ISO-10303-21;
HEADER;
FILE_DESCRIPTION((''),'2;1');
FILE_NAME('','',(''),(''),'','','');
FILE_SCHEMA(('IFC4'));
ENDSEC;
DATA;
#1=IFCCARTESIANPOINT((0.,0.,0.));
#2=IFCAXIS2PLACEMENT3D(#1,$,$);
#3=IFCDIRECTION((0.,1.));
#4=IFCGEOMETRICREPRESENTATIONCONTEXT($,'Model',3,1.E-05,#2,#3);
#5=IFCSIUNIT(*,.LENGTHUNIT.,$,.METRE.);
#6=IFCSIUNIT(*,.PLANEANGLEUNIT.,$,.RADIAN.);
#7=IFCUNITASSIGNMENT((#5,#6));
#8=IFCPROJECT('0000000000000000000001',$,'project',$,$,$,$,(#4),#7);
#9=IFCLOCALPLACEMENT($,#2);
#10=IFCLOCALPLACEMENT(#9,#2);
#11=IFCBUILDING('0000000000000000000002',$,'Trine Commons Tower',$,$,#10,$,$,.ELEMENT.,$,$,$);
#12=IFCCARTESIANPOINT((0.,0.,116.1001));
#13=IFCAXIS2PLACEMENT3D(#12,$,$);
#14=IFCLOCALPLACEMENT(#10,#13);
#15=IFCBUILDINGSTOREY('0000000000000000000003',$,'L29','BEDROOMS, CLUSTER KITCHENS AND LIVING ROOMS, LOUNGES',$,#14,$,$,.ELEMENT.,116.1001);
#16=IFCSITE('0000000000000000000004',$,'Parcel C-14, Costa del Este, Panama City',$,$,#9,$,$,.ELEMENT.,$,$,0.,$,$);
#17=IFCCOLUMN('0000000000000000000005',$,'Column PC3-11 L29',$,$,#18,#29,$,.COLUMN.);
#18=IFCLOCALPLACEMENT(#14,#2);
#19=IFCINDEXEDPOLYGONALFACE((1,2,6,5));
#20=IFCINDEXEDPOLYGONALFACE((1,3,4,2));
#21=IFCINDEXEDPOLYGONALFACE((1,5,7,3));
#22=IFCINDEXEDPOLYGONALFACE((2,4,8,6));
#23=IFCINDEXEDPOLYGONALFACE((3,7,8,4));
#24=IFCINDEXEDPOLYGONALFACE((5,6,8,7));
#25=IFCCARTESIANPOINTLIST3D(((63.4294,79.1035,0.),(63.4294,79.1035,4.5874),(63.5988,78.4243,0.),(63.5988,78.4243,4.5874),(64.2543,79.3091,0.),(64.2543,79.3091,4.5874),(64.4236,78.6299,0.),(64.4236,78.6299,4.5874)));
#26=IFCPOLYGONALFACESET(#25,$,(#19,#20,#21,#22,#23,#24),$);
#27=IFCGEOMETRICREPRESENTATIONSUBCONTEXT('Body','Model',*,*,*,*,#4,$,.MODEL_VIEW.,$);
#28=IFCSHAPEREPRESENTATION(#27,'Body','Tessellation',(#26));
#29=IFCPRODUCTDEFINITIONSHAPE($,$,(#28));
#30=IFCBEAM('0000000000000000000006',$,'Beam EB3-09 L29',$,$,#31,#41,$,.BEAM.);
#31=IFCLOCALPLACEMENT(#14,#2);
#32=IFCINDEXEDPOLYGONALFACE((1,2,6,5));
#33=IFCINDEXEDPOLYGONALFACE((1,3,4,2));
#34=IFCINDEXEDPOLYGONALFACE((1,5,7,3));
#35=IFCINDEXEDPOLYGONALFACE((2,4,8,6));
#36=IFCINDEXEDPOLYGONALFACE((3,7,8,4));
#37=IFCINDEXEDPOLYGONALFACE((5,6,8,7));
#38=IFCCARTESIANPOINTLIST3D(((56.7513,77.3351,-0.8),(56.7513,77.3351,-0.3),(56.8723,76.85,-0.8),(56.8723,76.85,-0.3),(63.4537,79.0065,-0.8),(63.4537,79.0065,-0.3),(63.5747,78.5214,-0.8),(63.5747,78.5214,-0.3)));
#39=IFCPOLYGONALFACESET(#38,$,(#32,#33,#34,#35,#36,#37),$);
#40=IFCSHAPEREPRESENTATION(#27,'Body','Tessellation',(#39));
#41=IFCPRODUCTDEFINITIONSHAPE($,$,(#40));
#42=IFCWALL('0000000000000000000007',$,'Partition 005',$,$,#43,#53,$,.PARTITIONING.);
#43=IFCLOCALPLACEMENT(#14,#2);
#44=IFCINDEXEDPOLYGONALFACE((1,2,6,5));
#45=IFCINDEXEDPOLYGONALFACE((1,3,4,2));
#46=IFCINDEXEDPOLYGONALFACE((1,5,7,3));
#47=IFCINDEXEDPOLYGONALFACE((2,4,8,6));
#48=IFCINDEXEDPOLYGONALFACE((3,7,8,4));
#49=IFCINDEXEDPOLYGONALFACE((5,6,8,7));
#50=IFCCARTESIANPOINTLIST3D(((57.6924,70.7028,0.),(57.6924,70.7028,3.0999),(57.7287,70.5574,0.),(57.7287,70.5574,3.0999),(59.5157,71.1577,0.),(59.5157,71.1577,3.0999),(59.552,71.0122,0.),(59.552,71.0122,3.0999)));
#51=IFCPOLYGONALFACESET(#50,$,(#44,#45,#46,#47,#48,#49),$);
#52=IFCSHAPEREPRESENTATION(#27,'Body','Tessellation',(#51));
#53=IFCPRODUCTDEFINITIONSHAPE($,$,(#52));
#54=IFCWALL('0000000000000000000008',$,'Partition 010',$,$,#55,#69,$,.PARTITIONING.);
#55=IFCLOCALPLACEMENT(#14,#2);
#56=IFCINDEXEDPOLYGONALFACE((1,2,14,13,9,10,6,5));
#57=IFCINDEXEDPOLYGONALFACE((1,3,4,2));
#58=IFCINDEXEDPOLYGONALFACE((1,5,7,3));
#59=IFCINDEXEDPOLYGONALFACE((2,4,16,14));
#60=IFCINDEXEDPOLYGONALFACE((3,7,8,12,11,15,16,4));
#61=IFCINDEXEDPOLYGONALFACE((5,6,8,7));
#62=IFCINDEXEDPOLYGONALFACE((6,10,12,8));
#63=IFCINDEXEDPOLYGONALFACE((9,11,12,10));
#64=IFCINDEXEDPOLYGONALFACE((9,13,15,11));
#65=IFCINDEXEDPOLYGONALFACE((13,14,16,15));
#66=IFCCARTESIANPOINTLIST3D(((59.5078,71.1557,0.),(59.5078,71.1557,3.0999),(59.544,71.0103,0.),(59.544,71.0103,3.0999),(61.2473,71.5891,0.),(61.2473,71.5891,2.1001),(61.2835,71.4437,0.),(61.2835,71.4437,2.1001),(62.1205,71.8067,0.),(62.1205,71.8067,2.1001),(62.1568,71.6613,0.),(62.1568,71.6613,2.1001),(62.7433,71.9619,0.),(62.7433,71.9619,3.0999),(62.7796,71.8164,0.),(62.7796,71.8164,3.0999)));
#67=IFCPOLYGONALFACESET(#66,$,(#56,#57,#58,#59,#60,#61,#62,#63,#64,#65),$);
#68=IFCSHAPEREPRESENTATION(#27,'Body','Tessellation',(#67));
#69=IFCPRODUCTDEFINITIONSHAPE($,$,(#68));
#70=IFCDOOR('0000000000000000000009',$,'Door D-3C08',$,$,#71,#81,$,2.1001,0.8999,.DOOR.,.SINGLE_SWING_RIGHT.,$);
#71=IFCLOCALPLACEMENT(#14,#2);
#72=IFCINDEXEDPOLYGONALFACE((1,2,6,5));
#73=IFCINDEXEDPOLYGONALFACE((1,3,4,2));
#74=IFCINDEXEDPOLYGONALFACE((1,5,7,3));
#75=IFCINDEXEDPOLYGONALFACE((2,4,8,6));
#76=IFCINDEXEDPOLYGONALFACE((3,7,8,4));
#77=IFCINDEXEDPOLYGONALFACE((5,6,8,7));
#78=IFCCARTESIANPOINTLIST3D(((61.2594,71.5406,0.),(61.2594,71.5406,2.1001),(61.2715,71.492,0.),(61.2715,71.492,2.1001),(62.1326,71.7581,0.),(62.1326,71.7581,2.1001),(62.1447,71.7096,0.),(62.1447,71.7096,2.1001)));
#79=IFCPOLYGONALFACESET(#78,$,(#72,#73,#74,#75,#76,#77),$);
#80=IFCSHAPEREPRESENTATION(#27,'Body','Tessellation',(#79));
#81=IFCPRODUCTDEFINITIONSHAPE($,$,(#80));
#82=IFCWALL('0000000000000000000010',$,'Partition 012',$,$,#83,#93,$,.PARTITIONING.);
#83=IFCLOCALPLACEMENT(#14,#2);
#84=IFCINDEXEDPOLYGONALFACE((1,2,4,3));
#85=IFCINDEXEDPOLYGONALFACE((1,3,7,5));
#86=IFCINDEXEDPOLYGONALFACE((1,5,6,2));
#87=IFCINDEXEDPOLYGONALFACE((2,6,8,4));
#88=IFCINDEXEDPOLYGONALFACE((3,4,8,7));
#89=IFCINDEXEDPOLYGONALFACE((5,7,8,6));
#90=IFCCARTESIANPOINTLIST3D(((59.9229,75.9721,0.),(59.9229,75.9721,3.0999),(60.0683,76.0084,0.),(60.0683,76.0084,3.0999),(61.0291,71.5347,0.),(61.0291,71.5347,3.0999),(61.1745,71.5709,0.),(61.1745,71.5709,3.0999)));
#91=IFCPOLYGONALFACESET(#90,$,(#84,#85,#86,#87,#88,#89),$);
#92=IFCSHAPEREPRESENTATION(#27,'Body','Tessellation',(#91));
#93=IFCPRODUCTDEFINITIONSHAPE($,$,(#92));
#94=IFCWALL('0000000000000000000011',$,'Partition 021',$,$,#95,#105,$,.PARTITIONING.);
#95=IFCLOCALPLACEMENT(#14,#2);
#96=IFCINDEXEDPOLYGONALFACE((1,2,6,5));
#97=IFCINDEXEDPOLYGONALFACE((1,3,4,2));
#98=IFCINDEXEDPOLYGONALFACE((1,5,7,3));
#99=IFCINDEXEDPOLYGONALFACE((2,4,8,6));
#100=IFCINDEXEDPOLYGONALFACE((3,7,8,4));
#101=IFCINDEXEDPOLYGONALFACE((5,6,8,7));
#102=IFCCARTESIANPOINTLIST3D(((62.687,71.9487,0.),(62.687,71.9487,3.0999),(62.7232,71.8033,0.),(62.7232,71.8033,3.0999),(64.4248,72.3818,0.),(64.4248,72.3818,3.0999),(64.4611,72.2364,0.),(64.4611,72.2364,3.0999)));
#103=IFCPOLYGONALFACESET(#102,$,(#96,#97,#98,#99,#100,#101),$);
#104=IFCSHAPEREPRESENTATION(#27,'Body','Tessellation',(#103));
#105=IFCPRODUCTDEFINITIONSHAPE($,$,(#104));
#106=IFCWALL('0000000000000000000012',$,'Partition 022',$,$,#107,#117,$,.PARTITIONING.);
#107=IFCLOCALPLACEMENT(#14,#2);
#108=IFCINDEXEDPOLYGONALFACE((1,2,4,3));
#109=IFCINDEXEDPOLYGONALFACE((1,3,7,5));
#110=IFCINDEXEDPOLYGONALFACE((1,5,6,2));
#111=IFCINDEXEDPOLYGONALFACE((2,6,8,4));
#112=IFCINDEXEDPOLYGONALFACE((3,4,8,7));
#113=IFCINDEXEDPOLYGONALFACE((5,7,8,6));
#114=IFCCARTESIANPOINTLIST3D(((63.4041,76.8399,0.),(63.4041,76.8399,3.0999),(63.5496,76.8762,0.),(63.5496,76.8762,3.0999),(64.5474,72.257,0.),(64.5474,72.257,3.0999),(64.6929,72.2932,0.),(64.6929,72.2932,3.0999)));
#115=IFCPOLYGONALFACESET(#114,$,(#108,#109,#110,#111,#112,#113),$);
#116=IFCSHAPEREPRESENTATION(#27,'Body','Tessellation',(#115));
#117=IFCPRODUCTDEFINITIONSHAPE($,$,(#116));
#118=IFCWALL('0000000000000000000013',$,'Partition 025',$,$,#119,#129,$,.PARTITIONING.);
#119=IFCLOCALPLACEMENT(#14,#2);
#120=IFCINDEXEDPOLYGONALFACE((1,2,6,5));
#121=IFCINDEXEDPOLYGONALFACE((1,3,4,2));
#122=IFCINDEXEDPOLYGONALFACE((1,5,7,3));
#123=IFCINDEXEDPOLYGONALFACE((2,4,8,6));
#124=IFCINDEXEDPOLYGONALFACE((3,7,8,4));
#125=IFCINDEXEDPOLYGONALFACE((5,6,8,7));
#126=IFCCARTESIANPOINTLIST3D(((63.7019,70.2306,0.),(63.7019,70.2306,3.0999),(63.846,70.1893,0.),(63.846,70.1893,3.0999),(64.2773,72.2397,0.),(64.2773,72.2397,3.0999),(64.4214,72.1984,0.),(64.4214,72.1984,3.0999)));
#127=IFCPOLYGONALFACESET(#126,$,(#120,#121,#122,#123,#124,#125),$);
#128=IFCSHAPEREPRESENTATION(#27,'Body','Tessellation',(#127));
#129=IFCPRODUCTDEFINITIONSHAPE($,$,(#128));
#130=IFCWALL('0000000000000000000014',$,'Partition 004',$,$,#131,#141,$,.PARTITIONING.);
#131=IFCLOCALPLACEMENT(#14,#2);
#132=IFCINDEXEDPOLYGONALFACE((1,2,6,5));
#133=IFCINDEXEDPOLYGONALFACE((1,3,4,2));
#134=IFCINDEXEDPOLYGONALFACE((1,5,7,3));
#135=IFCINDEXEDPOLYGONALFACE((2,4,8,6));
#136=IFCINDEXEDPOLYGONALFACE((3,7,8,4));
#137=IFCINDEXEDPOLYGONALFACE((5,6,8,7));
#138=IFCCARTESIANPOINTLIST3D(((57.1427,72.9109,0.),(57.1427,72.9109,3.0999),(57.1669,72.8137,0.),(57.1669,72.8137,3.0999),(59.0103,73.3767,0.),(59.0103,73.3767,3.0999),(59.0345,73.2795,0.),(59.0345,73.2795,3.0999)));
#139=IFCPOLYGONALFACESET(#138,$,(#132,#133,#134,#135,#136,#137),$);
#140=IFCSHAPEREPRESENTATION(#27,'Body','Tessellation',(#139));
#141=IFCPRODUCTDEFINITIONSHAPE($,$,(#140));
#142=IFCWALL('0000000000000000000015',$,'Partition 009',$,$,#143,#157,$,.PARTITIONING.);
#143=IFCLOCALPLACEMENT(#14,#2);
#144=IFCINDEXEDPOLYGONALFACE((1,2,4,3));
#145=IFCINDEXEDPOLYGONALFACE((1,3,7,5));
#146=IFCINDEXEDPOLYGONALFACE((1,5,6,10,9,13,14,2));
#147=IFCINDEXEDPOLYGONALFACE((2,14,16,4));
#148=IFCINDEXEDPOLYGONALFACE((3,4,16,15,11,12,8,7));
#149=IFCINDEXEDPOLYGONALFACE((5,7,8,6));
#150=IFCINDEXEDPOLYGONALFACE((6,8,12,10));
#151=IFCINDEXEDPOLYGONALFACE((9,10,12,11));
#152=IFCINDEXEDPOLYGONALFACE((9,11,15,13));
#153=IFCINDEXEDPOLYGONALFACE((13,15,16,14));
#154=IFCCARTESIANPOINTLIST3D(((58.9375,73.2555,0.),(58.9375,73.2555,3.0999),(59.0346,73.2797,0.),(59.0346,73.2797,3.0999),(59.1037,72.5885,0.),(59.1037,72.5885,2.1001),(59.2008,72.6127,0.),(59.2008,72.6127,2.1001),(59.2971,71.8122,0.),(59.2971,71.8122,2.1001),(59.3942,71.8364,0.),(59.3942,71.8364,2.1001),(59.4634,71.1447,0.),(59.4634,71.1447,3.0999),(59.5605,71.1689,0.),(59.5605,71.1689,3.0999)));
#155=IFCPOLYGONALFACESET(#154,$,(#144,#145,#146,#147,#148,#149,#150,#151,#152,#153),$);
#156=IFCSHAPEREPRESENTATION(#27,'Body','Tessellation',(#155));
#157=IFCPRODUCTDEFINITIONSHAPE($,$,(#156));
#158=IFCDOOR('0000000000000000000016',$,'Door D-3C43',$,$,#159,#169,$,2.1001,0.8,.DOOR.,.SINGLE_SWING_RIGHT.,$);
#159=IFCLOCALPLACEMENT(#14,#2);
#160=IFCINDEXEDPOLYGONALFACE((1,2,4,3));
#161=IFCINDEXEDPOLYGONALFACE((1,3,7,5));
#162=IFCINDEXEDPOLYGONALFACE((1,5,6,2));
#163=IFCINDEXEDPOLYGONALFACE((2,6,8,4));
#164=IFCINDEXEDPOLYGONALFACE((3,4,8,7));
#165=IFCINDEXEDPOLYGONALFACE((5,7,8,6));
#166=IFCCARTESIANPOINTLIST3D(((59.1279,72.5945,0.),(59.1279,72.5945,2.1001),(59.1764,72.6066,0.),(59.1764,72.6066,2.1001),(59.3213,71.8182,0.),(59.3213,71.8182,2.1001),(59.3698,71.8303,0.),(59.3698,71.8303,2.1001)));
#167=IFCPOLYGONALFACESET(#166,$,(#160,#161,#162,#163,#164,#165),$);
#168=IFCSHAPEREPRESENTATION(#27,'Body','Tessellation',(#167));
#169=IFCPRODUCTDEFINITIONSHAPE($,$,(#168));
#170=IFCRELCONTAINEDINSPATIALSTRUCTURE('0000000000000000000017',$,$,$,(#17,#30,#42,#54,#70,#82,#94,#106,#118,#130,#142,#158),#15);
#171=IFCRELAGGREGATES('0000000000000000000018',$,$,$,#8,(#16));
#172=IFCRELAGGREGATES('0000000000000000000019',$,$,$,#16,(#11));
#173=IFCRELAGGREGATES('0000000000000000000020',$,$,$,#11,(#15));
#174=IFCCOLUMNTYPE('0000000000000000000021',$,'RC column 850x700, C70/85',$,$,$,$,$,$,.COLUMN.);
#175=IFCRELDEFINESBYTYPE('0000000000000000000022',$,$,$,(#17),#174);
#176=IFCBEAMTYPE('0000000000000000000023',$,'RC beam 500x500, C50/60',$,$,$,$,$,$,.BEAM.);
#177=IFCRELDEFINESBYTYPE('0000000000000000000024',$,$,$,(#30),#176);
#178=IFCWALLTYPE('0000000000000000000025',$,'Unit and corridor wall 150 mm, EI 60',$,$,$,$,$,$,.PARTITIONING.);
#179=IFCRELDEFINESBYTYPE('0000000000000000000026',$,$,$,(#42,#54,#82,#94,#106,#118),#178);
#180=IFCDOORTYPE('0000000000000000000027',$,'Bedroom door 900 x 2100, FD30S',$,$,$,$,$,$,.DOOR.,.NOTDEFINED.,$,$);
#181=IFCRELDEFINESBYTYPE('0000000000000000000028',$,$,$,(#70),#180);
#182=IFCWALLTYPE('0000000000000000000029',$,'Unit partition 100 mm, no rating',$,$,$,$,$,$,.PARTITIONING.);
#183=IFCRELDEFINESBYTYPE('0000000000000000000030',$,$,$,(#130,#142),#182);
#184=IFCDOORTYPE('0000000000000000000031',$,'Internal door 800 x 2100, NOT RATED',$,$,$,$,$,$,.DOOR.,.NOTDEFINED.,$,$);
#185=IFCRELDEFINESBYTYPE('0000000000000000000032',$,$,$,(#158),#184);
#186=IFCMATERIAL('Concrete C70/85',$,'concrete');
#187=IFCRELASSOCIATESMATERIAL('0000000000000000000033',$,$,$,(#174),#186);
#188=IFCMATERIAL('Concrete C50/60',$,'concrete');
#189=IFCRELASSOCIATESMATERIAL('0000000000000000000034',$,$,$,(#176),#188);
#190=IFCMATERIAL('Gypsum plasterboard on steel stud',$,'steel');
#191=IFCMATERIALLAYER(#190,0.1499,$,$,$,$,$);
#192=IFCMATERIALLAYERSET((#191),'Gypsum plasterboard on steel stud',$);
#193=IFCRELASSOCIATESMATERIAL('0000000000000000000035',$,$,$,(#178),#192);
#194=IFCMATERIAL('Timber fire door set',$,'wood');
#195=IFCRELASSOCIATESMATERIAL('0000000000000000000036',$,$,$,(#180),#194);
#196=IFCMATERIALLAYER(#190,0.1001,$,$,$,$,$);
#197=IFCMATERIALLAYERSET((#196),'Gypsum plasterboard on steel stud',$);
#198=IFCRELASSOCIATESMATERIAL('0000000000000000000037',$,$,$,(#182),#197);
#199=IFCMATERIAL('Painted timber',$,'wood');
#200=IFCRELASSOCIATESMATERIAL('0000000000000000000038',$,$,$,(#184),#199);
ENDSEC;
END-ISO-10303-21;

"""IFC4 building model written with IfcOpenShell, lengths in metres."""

from ifc_helpers import new_model, si_unit, direction, frame, frame_2d, origin, origin_2d, place, context, subcontext, project, spatial, rectangle, extrude, material, layer, layer_set, material_profile, profile_set, type_object, element, fill, save


model = new_model("IFC4")

# Units and contexts
model_context = context("Model", 3, precision=1e-05, world=origin(), true_north=direction((0.0, 1.0)))
body_context = subcontext(model_context, "Body", "Model", "MODEL_VIEW")
ifc_project = project(units=[si_unit("LENGTHUNIT", "METRE"), si_unit("PLANEANGLEUNIT", "RADIAN")], contexts=[model_context])

# Site, building, storey
site_placement = place(None, origin())
site = spatial("IfcSite", under=ifc_project, at=site_placement, Name="Parcel C-14, Costa del Este, Panama City", CompositionType="ELEMENT", RefElevation=0.0)
building_placement = place(site_placement, origin())
building = spatial("IfcBuilding", under=site, at=building_placement, Name="Trine Commons Tower", CompositionType="ELEMENT")
storey_placement = place(building_placement, frame((0.0, 0.0, 116.1001)))
storey = spatial("IfcBuildingStorey", under=building, at=storey_placement, Name="L29", Description="BEDROOMS, CLUSTER KITCHENS AND LIVING ROOMS, LOUNGES", CompositionType="ELEMENT", Elevation=116.1001)

# Column
ifc_material_1 = material(Name="Concrete C70/85", Category="concrete")
ifc_material_profile_1 = material_profile(ifc_material_1, rectangle(XDim=0.8501, YDim=0.7, at=origin_2d()), Name="RC 850x700")
ifc_profile_set_1 = profile_set([ifc_material_profile_1], Name="Concrete C70/85")
column_type = type_object("IfcColumnType", Name="RC column 850x700, C70/85", PredefinedType="COLUMN", material=ifc_profile_set_1)
column_placement = place(storey_placement, frame((63.9265, 78.8667, 0.0), z_axis=(0.0, 0.0, 1.0), x_axis=(0.970296, 0.241922, 0.0)))
element("IfcColumn", 1, at=column_placement, inside=storey, type_object=column_type, Name="Column PC3-11 L29", PredefinedType="COLUMN", context=body_context, shape_type="SweptSolid", body=[
    extrude(rectangle(XDim=0.8501, YDim=0.7, at=origin_2d()), origin(), (0.0, 0.0, 1.0), 4.5874),
])

# Beam
ifc_material_2 = material(Name="Concrete C50/60", Category="concrete")
ifc_material_profile_2 = material_profile(ifc_material_2, rectangle(XDim=0.5, YDim=0.5, at=origin_2d()), Name="RC 500x500")
ifc_profile_set_2 = profile_set([ifc_material_profile_2], Name="Concrete C50/60")
beam_type = type_object("IfcBeamType", Name="RC beam 500x500, C50/60", PredefinedType="BEAM", material=ifc_profile_set_2)
beam_placement = place(storey_placement, frame((56.8118, 77.0925, -0.55), z_axis=(0.970286, 0.241962, 0.0), x_axis=(-0.241962, 0.970286, 0.0)))
element("IfcBeam", 2, at=beam_placement, inside=storey, type_object=beam_type, Name="Beam EB3-09 L29", PredefinedType="BEAM", context=body_context, shape_type="SweptSolid", body=[
    extrude(rectangle(XDim=0.5, YDim=0.5, at=origin_2d()), origin(), (0.0, 0.0, 1.0), 6.9077),
])

# Wall
ifc_material_3 = material(Name="Gypsum plasterboard on steel stud", Category="steel")
ifc_layer_1 = layer(ifc_material_3, 0.1499)
ifc_layer_set_1 = layer_set([ifc_layer_1], Name="Gypsum plasterboard on steel stud")
wall_type_1 = type_object("IfcWallType", Name="Unit and corridor wall 150 mm, EI 60", PredefinedType="PARTITIONING", material=ifc_layer_set_1)
wall_1_placement = place(storey_placement, frame((57.7107, 70.6301, 0.0), z_axis=(0.0, 0.0, 1.0), x_axis=(0.970265, 0.242046, 0.0)))
element("IfcWall", 3, at=wall_1_placement, inside=storey, type_object=wall_type_1, Name="Partition 005", PredefinedType="PARTITIONING", context=body_context, shape_type="SweptSolid", body=[
    extrude(rectangle(XDim=1.8792, YDim=0.1499, at=frame_2d((0.9395, 0.0))), origin(), (0.0, 0.0, 1.0), 3.0999),
])

# Wall, opening, door
wall_2_placement = place(storey_placement, frame((59.5259, 71.083, 0.0), z_axis=(0.0, 0.0, 1.0), x_axis=(0.970336, 0.24176, 0.0)))
wall_2 = element("IfcWall", 4, at=wall_2_placement, inside=storey, type_object=wall_type_1, Name="Partition 010", PredefinedType="PARTITIONING", context=body_context, shape_type="SweptSolid", body=[
    extrude(rectangle(XDim=3.3345, YDim=0.1499, at=frame_2d((1.6672, 0.0))), origin(), (0.0, 0.0, 1.0), 3.0999),
])
opening_1_placement = place(wall_2_placement, frame((1.7927, 0.0, 0.0)))
opening_1 = element("IfcOpeningElement", 5, at=opening_1_placement, cuts=wall_2, PredefinedType="OPENING", context=body_context, shape_type="SweptSolid", body=[
    extrude(rectangle(XDim=0.8999, YDim=2.1001, at=frame_2d((0.45, 1.05))), frame((0.0, 0.085, 0.0), z_axis=(0.0, -1.0, 0.0), x_axis=(1.0, 0.0, 0.0)), (0.0, 0.0, 1.0), 0.1699),
])
ifc_material_4 = material(Name="Timber fire door set", Category="wood")
door_type_1 = type_object("IfcDoorType", Name="Bedroom door 900 x 2100, FD30S", OperationType="NOTDEFINED", PredefinedType="DOOR", material=ifc_material_4)
door_1_placement = place(opening_1_placement, origin())
door_1 = element("IfcDoor", 6, at=door_1_placement, inside=storey, type_object=door_type_1, Name="Door D-3C08", OperationType="SINGLE_SWING_RIGHT", OverallHeight=2.1001, OverallWidth=0.8999, PredefinedType="DOOR", context=body_context, shape_type="SweptSolid", body=[
    extrude(rectangle(XDim=0.8999, YDim=2.1001, at=frame_2d((0.45, 1.05))), frame((0.0, 0.0249, 0.0), z_axis=(0.0, -1.0, 0.0), x_axis=(1.0, 0.0, 0.0)), (0.0, 0.0, 1.0), 0.05),
])
fill(opening_1, door_1)

# Walls
wall_3_placement = place(storey_placement, frame((59.9956, 75.9902, 0.0), z_axis=(0.0, 0.0, 1.0), x_axis=(0.241882, -0.970306, 0.0)))
element("IfcWall", 7, at=wall_3_placement, inside=storey, type_object=wall_type_1, Name="Partition 012", PredefinedType="PARTITIONING", context=body_context, shape_type="SweptSolid", body=[
    extrude(rectangle(XDim=4.5732, YDim=0.1499, at=frame_2d((2.2866, 0.0))), origin(), (0.0, 0.0, 1.0), 3.0999),
])
wall_4_placement = place(storey_placement, frame((62.7051, 71.876, 0.0), z_axis=(0.0, 0.0, 1.0), x_axis=(0.970319, 0.24183, 0.0)))
element("IfcWall", 8, at=wall_4_placement, inside=storey, type_object=wall_type_1, Name="Partition 021", PredefinedType="PARTITIONING", context=body_context, shape_type="SweptSolid", body=[
    extrude(rectangle(XDim=1.791, YDim=0.1499, at=frame_2d((0.8955, 0.0))), origin(), (0.0, 0.0, 1.0), 3.0999),
])
wall_5_placement = place(storey_placement, frame((63.4768, 76.8582, 0.0), z_axis=(0.0, 0.0, 1.0), x_axis=(0.242049, -0.970264, 0.0)))
element("IfcWall", 9, at=wall_5_placement, inside=storey, type_object=wall_type_1, Name="Partition 022", PredefinedType="PARTITIONING", context=body_context, shape_type="SweptSolid", body=[
    extrude(rectangle(XDim=4.7234, YDim=0.1499, at=frame_2d((2.3618, 0.0))), origin(), (0.0, 0.0, 1.0), 3.0999),
])
wall_6_placement = place(storey_placement, frame((63.7739, 70.21, 0.0), z_axis=(0.0, 0.0, 1.0), x_axis=(0.275354, 0.961343, 0.0)))
element("IfcWall", 10, at=wall_6_placement, inside=storey, type_object=wall_type_1, Name="Partition 025", PredefinedType="PARTITIONING", context=body_context, shape_type="SweptSolid", body=[
    extrude(rectangle(XDim=2.0898, YDim=0.1499, at=frame_2d((1.0449, 0.0))), origin(), (0.0, 0.0, 1.0), 3.0999),
])
ifc_layer_2 = layer(ifc_material_3, 0.1001)
ifc_layer_set_2 = layer_set([ifc_layer_2], Name="Gypsum plasterboard on steel stud")
wall_type_2 = type_object("IfcWallType", Name="Unit partition 100 mm, no rating", PredefinedType="PARTITIONING", material=ifc_layer_set_2)
wall_7_placement = place(storey_placement, frame((57.1548, 72.8623, 0.0), z_axis=(0.0, 0.0, 1.0), x_axis=(0.970277, 0.241998, 0.0)))
element("IfcWall", 11, at=wall_7_placement, inside=storey, type_object=wall_type_2, Name="Partition 004", PredefinedType="PARTITIONING", context=body_context, shape_type="SweptSolid", body=[
    extrude(rectangle(XDim=1.9248, YDim=0.1001, at=frame_2d((0.9624, 0.0))), origin(), (0.0, 0.0, 1.0), 3.0999),
])

# Wall, opening, door
wall_8_placement = place(storey_placement, frame((58.9861, 73.2676, 0.0), z_axis=(0.0, 0.0, 1.0), x_axis=(0.241743, -0.97034, 0.0)))
wall_8 = element("IfcWall", 12, at=wall_8_placement, inside=storey, type_object=wall_type_2, Name="Partition 009", PredefinedType="PARTITIONING", context=body_context, shape_type="SweptSolid", body=[
    extrude(rectangle(XDim=2.1753, YDim=0.1001, at=frame_2d((1.0876, 0.0))), origin(), (0.0, 0.0, 1.0), 3.0999),
])
opening_2_placement = place(wall_8_placement, frame((0.6875, 0.0, 0.0)))
opening_2 = element("IfcOpeningElement", 13, at=opening_2_placement, cuts=wall_8, PredefinedType="OPENING", context=body_context, shape_type="SweptSolid", body=[
    extrude(rectangle(XDim=0.8, YDim=2.1001, at=frame_2d((0.3999, 1.05))), frame((0.0, 0.0601, 0.0), z_axis=(0.0, -1.0, 0.0), x_axis=(1.0, 0.0, 0.0)), (0.0, 0.0, 1.0), 0.1201),
])
ifc_material_5 = material(Name="Painted timber", Category="wood")
door_type_2 = type_object("IfcDoorType", Name="Internal door 800 x 2100, NOT RATED", OperationType="NOTDEFINED", PredefinedType="DOOR", material=ifc_material_5)
door_2_placement = place(opening_2_placement, origin())
door_2 = element("IfcDoor", 14, at=door_2_placement, inside=storey, type_object=door_type_2, Name="Door D-3C43", OperationType="SINGLE_SWING_RIGHT", OverallHeight=2.1001, OverallWidth=0.8, PredefinedType="DOOR", context=body_context, shape_type="SweptSolid", body=[
    extrude(rectangle(XDim=0.8, YDim=2.1001, at=frame_2d((0.3999, 1.05))), frame((0.0, 0.0249, 0.0), z_axis=(0.0, -1.0, 0.0), x_axis=(1.0, 0.0, 0.0)), (0.0, 0.0, 1.0), 0.05),
])
fill(opening_2, door_2)

save(model, "model.ifc")
